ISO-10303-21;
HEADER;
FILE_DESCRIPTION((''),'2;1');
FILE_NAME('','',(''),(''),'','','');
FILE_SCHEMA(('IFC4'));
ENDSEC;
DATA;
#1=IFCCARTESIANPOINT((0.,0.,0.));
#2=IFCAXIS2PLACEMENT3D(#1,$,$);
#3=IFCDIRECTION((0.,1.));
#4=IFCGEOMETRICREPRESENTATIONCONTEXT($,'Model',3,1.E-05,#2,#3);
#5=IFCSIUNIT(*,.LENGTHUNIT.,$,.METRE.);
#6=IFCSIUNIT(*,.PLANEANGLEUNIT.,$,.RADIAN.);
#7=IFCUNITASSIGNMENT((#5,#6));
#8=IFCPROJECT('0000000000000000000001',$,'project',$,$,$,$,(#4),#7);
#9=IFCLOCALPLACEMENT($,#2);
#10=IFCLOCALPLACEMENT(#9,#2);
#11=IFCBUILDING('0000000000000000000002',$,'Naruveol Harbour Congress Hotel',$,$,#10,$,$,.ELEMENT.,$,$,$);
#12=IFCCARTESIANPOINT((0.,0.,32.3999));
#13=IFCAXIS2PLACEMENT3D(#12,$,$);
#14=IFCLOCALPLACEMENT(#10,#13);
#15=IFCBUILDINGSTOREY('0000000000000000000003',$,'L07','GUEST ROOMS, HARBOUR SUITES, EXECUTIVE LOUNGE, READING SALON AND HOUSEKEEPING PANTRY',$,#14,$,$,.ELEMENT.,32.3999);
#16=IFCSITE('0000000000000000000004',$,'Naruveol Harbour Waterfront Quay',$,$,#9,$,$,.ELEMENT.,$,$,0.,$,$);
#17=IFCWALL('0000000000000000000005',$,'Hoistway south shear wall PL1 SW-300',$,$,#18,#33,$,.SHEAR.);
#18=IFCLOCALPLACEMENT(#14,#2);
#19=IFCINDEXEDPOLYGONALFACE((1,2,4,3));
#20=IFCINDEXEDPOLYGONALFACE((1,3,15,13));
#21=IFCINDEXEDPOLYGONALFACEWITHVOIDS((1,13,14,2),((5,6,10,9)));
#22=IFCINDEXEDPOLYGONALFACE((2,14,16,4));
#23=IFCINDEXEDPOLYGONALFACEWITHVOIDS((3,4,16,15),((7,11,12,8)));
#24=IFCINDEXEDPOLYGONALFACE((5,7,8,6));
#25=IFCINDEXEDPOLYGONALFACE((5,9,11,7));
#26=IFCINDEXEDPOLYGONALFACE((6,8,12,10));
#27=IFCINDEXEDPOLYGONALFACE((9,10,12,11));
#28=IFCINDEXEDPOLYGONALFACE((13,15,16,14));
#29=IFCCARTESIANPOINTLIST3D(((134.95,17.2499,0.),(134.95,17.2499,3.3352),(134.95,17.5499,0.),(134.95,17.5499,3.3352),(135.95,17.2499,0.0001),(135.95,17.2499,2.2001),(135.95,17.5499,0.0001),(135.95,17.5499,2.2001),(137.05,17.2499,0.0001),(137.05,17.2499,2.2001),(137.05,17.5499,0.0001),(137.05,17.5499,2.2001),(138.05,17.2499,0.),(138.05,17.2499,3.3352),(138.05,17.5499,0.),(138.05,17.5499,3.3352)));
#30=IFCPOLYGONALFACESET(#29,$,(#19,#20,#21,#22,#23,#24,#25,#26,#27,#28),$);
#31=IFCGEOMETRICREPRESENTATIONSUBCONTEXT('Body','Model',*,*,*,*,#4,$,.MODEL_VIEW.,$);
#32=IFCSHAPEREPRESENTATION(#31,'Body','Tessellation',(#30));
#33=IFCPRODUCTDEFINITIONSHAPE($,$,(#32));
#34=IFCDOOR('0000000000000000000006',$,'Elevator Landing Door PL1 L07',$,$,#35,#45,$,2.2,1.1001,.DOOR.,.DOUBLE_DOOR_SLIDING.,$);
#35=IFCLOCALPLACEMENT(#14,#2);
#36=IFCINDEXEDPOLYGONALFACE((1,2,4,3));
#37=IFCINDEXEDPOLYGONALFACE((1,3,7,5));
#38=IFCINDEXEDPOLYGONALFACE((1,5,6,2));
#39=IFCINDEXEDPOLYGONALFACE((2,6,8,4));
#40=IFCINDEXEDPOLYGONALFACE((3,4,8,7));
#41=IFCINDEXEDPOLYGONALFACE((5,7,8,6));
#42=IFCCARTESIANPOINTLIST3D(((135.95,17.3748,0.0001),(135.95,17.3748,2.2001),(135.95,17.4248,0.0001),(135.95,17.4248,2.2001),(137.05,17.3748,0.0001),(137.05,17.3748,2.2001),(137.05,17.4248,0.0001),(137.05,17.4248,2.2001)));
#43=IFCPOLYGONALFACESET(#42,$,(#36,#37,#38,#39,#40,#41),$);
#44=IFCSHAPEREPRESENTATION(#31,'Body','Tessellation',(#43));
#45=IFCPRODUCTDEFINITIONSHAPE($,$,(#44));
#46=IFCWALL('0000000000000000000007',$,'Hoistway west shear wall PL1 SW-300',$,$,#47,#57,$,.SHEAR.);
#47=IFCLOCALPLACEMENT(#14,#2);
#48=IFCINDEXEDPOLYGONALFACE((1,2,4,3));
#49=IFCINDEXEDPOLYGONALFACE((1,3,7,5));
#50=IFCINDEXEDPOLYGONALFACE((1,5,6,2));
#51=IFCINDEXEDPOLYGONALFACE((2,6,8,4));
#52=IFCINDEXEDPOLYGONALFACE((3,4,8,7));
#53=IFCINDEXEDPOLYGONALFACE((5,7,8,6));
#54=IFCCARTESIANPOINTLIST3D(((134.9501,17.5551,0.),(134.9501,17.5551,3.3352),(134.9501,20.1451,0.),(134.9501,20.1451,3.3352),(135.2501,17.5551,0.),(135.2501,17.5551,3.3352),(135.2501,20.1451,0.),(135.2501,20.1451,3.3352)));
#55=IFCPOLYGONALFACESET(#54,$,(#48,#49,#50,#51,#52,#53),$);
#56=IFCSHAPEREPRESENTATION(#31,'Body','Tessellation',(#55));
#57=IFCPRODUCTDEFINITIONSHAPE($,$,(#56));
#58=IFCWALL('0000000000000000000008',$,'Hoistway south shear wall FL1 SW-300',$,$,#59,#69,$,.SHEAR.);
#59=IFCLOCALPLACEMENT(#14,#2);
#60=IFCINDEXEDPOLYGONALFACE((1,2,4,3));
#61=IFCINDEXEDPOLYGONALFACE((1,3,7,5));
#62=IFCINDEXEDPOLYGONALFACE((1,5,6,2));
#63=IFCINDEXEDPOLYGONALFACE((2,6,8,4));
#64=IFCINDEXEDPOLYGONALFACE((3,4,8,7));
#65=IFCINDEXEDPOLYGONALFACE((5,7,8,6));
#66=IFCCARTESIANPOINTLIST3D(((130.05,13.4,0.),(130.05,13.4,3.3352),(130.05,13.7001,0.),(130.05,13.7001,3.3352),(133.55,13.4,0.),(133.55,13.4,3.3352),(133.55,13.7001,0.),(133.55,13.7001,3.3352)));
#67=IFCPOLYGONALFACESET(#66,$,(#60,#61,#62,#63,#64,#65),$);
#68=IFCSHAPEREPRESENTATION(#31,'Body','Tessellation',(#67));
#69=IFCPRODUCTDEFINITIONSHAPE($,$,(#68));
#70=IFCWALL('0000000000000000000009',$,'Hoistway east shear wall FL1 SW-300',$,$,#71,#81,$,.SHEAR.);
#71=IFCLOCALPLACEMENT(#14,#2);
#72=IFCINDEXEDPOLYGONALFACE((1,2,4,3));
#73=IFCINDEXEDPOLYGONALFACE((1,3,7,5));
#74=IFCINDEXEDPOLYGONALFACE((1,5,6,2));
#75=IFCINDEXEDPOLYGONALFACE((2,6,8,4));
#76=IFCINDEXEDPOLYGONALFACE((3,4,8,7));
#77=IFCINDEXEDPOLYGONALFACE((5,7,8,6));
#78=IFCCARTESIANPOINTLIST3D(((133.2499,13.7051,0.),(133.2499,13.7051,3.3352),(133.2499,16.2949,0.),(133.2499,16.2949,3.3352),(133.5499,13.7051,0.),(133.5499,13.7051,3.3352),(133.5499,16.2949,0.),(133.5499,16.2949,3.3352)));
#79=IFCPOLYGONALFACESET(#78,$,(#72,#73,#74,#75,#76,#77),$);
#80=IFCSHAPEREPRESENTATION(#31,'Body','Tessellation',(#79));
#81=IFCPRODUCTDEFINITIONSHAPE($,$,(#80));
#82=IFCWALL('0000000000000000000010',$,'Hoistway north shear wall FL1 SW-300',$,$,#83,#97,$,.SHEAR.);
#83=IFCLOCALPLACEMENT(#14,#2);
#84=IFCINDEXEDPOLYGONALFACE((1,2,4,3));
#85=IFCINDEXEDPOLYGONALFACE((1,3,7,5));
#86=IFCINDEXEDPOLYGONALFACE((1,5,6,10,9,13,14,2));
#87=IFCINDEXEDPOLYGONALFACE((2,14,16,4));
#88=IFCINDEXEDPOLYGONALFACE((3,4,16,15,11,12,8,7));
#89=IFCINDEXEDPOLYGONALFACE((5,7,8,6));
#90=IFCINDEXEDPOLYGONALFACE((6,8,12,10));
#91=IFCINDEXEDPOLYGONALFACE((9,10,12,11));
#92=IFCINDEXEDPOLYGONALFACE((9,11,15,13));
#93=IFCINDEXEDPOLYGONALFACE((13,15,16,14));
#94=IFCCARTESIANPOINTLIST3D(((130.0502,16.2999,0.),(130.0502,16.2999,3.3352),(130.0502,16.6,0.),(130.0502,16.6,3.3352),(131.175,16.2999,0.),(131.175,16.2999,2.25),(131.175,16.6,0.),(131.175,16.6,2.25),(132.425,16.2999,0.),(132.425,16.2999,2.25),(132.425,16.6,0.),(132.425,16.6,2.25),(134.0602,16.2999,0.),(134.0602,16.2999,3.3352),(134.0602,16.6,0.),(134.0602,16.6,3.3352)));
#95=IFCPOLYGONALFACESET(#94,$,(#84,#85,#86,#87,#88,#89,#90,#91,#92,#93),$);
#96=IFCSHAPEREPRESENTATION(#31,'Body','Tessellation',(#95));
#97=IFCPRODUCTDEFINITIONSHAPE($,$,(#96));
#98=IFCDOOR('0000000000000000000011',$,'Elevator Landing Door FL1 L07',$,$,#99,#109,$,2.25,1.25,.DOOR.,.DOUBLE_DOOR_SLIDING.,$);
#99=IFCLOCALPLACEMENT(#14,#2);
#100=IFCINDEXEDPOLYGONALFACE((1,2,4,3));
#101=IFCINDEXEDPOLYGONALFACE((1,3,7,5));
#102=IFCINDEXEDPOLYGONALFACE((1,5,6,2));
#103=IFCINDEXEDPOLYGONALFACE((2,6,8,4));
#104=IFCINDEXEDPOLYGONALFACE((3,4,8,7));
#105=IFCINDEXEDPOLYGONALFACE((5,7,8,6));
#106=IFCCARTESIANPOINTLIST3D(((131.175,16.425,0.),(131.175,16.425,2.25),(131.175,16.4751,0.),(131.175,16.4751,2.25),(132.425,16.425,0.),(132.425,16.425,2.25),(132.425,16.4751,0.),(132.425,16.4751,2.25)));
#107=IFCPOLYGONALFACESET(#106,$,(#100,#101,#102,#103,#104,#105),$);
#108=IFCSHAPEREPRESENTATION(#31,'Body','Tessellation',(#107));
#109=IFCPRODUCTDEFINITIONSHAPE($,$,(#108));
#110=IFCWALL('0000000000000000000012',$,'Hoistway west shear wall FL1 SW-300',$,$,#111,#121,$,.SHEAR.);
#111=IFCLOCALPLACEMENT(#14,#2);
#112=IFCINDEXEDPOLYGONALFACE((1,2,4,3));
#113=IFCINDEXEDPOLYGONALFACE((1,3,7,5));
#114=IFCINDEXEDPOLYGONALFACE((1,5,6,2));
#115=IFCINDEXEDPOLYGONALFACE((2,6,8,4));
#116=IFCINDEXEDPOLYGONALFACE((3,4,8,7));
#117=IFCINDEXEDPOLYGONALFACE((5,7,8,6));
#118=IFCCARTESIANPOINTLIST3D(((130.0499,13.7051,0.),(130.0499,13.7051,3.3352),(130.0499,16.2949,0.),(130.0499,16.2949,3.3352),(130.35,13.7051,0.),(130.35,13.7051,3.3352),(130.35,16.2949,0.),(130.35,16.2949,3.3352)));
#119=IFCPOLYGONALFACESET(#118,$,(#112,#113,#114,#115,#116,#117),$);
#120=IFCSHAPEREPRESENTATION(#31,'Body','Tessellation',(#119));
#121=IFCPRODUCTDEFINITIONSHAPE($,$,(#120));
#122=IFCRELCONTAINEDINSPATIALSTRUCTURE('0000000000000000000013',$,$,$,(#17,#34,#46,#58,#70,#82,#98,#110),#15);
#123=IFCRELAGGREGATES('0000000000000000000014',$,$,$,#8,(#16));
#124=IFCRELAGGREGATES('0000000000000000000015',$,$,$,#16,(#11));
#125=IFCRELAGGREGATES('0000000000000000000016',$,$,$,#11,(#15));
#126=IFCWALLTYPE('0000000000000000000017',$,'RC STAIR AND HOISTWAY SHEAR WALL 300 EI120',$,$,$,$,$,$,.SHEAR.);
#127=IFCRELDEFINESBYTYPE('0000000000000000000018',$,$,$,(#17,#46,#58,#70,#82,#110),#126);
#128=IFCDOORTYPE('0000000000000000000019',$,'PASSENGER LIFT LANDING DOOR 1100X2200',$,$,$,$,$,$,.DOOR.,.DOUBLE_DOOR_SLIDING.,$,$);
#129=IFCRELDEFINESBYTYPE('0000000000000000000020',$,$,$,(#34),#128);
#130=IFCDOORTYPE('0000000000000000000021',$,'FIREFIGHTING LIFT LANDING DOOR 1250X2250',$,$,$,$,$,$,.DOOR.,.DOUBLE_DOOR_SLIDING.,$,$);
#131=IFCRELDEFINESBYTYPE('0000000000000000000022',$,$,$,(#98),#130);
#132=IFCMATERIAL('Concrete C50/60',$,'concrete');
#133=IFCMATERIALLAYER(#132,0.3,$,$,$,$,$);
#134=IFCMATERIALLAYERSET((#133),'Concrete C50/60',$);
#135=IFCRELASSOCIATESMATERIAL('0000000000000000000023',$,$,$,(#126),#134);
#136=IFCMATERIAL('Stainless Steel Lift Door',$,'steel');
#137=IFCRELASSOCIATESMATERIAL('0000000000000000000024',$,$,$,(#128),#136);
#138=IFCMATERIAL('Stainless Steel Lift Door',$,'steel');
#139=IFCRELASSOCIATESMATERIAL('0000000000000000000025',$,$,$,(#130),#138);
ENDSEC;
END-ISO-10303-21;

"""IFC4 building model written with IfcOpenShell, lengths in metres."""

from ifc_helpers import new_model, si_unit, direction, frame, frame_2d, origin, place, context, subcontext, project, spatial, rectangle, extrude, material, layer, layer_set, type_object, element, fill, save


model = new_model("IFC4")

# Units and contexts
model_context = context("Model", 3, precision=1e-05, world=origin(), true_north=direction((0.0, 1.0)))
body_context = subcontext(model_context, "Body", "Model", "MODEL_VIEW")
ifc_project = project(units=[si_unit("LENGTHUNIT", "METRE"), si_unit("PLANEANGLEUNIT", "RADIAN")], contexts=[model_context])

# Site, building, storey
site_placement = place(None, origin())
site = spatial("IfcSite", under=ifc_project, at=site_placement, Name="Naruveol Harbour Waterfront Quay", CompositionType="ELEMENT", RefElevation=0.0)
building_placement = place(site_placement, origin())
building = spatial("IfcBuilding", under=site, at=building_placement, Name="Naruveol Harbour Congress Hotel", CompositionType="ELEMENT")
storey_placement = place(building_placement, frame((0.0, 0.0, 32.3999)))
storey = spatial("IfcBuildingStorey", under=building, at=storey_placement, Name="L07", Description="GUEST ROOMS, HARBOUR SUITES, EXECUTIVE LOUNGE, READING SALON AND HOUSEKEEPING PANTRY", CompositionType="ELEMENT", Elevation=32.3999)

# Wall, opening, door
ifc_material_1 = material(Name="Concrete C50/60", Category="concrete")
ifc_layer_1 = layer(ifc_material_1, 0.3)
ifc_layer_set_1 = layer_set([ifc_layer_1], Name="Concrete C50/60")
wall_type_1 = type_object("IfcWallType", Name="RC STAIR AND HOISTWAY SHEAR WALL 300 EI120", PredefinedType="SHEAR", material=ifc_layer_set_1)
wall_1_placement = place(storey_placement, frame((134.95, 17.3999, 0.0), z_axis=(0.0, 0.0, 1.0), x_axis=(1.0, 0.0, 0.0)))
wall_1 = element("IfcWall", 1, at=wall_1_placement, inside=storey, type_object=wall_type_1, Name="Hoistway south shear wall PL1 SW-300", PredefinedType="SHEAR", context=body_context, shape_type="SweptSolid", body=[
    extrude(rectangle(XDim=3.1001, YDim=0.3, at=frame_2d((1.55, 0.0))), origin(), (0.0, 0.0, 1.0), 3.3352),
])
opening_1_placement = place(wall_1_placement, frame((1.0, 0.0, 0.0)))
opening_1 = element("IfcOpeningElement", 2, at=opening_1_placement, cuts=wall_1, PredefinedType="OPENING", context=body_context, shape_type="SweptSolid", body=[
    extrude(rectangle(XDim=1.1001, YDim=2.2, at=frame_2d((0.55, 1.1001))), frame((0.0, 0.1599, 0.0), z_axis=(0.0, -1.0, 0.0), x_axis=(1.0, 0.0, 0.0)), (0.0, 0.0, 1.0), 0.3201),
])
ifc_material_2 = material(Name="Stainless Steel Lift Door", Category="steel")
door_type_1 = type_object("IfcDoorType", Name="PASSENGER LIFT LANDING DOOR 1100X2200", OperationType="DOUBLE_DOOR_SLIDING", PredefinedType="DOOR", material=ifc_material_2)
door_1_placement = place(opening_1_placement, origin())
door_1 = element("IfcDoor", 3, at=door_1_placement, inside=storey, type_object=door_type_1, Name="Elevator Landing Door PL1 L07", OperationType="DOUBLE_DOOR_SLIDING", OverallHeight=2.2, OverallWidth=1.1001, PredefinedType="DOOR", context=body_context, shape_type="SweptSolid", body=[
    extrude(rectangle(XDim=1.1001, YDim=2.2, at=frame_2d((0.55, 1.1001))), frame((0.0, 0.0249, 0.0), z_axis=(0.0, -1.0, 0.0), x_axis=(1.0, 0.0, 0.0)), (0.0, 0.0, 1.0), 0.05),
])
fill(opening_1, door_1)

# Walls
wall_2_placement = place(storey_placement, frame((135.1001, 20.145, 0.0), z_axis=(0.0, 0.0, 1.0), x_axis=(0.0, -1.0, 0.0)))
element("IfcWall", 4, at=wall_2_placement, inside=storey, type_object=wall_type_1, Name="Hoistway west shear wall PL1 SW-300", PredefinedType="SHEAR", context=body_context, shape_type="SweptSolid", body=[
    extrude(rectangle(XDim=2.5901, YDim=0.3, at=frame_2d((1.2949, 0.0))), origin(), (0.0, 0.0, 1.0), 3.3352),
])
wall_3_placement = place(storey_placement, frame((130.05, 13.55, 0.0), z_axis=(0.0, 0.0, 1.0), x_axis=(1.0, 0.0, 0.0)))
element("IfcWall", 5, at=wall_3_placement, inside=storey, type_object=wall_type_1, Name="Hoistway south shear wall FL1 SW-300", PredefinedType="SHEAR", context=body_context, shape_type="SweptSolid", body=[
    extrude(rectangle(XDim=3.5, YDim=0.3, at=frame_2d((1.75, 0.0))), origin(), (0.0, 0.0, 1.0), 3.3352),
])
wall_4_placement = place(storey_placement, frame((133.3999, 13.7051, 0.0), z_axis=(0.0, 0.0, 1.0), x_axis=(0.0, 1.0, 0.0)))
element("IfcWall", 6, at=wall_4_placement, inside=storey, type_object=wall_type_1, Name="Hoistway east shear wall FL1 SW-300", PredefinedType="SHEAR", context=body_context, shape_type="SweptSolid", body=[
    extrude(rectangle(XDim=2.5898, YDim=0.3, at=frame_2d((1.2949, 0.0))), origin(), (0.0, 0.0, 1.0), 3.3352),
])

# Wall, opening, door
wall_5_placement = place(storey_placement, frame((134.0601, 16.45, 0.0), z_axis=(0.0, 0.0, 1.0), x_axis=(-1.0, 0.0, 0.0)))
wall_5 = element("IfcWall", 7, at=wall_5_placement, inside=storey, type_object=wall_type_1, Name="Hoistway north shear wall FL1 SW-300", PredefinedType="SHEAR", context=body_context, shape_type="SweptSolid", body=[
    extrude(rectangle(XDim=4.01, YDim=0.3, at=frame_2d((2.0049, 0.0))), origin(), (0.0, 0.0, 1.0), 3.3352),
])
opening_2_placement = place(wall_5_placement, frame((1.635, 0.0, 0.0)))
opening_2 = element("IfcOpeningElement", 8, at=opening_2_placement, cuts=wall_5, PredefinedType="OPENING", context=body_context, shape_type="SweptSolid", body=[
    extrude(rectangle(XDim=1.25, YDim=2.25, at=frame_2d((0.625, 1.125))), frame((0.0, 0.1599, 0.0), z_axis=(0.0, -1.0, 0.0), x_axis=(1.0, 0.0, 0.0)), (0.0, 0.0, 1.0), 0.3201),
])
ifc_material_3 = material(Name="Stainless Steel Lift Door", Category="steel")
door_type_2 = type_object("IfcDoorType", Name="FIREFIGHTING LIFT LANDING DOOR 1250X2250", OperationType="DOUBLE_DOOR_SLIDING", PredefinedType="DOOR", material=ifc_material_3)
door_2_placement = place(opening_2_placement, origin())
door_2 = element("IfcDoor", 9, at=door_2_placement, inside=storey, type_object=door_type_2, Name="Elevator Landing Door FL1 L07", OperationType="DOUBLE_DOOR_SLIDING", OverallHeight=2.25, OverallWidth=1.25, PredefinedType="DOOR", context=body_context, shape_type="SweptSolid", body=[
    extrude(rectangle(XDim=1.25, YDim=2.25, at=frame_2d((0.625, 1.125))), frame((0.0, 0.0249, 0.0), z_axis=(0.0, -1.0, 0.0), x_axis=(1.0, 0.0, 0.0)), (0.0, 0.0, 1.0), 0.05),
])
fill(opening_2, door_2)

# Wall
wall_6_placement = place(storey_placement, frame((130.2, 16.2949, 0.0), z_axis=(0.0, 0.0, 1.0), x_axis=(0.0, -1.0, 0.0)))
element("IfcWall", 10, at=wall_6_placement, inside=storey, type_object=wall_type_1, Name="Hoistway west shear wall FL1 SW-300", PredefinedType="SHEAR", context=body_context, shape_type="SweptSolid", body=[
    extrude(rectangle(XDim=2.5898, YDim=0.3, at=frame_2d((1.2949, 0.0))), origin(), (0.0, 0.0, 1.0), 3.3352),
])

save(model, "model.ifc")
